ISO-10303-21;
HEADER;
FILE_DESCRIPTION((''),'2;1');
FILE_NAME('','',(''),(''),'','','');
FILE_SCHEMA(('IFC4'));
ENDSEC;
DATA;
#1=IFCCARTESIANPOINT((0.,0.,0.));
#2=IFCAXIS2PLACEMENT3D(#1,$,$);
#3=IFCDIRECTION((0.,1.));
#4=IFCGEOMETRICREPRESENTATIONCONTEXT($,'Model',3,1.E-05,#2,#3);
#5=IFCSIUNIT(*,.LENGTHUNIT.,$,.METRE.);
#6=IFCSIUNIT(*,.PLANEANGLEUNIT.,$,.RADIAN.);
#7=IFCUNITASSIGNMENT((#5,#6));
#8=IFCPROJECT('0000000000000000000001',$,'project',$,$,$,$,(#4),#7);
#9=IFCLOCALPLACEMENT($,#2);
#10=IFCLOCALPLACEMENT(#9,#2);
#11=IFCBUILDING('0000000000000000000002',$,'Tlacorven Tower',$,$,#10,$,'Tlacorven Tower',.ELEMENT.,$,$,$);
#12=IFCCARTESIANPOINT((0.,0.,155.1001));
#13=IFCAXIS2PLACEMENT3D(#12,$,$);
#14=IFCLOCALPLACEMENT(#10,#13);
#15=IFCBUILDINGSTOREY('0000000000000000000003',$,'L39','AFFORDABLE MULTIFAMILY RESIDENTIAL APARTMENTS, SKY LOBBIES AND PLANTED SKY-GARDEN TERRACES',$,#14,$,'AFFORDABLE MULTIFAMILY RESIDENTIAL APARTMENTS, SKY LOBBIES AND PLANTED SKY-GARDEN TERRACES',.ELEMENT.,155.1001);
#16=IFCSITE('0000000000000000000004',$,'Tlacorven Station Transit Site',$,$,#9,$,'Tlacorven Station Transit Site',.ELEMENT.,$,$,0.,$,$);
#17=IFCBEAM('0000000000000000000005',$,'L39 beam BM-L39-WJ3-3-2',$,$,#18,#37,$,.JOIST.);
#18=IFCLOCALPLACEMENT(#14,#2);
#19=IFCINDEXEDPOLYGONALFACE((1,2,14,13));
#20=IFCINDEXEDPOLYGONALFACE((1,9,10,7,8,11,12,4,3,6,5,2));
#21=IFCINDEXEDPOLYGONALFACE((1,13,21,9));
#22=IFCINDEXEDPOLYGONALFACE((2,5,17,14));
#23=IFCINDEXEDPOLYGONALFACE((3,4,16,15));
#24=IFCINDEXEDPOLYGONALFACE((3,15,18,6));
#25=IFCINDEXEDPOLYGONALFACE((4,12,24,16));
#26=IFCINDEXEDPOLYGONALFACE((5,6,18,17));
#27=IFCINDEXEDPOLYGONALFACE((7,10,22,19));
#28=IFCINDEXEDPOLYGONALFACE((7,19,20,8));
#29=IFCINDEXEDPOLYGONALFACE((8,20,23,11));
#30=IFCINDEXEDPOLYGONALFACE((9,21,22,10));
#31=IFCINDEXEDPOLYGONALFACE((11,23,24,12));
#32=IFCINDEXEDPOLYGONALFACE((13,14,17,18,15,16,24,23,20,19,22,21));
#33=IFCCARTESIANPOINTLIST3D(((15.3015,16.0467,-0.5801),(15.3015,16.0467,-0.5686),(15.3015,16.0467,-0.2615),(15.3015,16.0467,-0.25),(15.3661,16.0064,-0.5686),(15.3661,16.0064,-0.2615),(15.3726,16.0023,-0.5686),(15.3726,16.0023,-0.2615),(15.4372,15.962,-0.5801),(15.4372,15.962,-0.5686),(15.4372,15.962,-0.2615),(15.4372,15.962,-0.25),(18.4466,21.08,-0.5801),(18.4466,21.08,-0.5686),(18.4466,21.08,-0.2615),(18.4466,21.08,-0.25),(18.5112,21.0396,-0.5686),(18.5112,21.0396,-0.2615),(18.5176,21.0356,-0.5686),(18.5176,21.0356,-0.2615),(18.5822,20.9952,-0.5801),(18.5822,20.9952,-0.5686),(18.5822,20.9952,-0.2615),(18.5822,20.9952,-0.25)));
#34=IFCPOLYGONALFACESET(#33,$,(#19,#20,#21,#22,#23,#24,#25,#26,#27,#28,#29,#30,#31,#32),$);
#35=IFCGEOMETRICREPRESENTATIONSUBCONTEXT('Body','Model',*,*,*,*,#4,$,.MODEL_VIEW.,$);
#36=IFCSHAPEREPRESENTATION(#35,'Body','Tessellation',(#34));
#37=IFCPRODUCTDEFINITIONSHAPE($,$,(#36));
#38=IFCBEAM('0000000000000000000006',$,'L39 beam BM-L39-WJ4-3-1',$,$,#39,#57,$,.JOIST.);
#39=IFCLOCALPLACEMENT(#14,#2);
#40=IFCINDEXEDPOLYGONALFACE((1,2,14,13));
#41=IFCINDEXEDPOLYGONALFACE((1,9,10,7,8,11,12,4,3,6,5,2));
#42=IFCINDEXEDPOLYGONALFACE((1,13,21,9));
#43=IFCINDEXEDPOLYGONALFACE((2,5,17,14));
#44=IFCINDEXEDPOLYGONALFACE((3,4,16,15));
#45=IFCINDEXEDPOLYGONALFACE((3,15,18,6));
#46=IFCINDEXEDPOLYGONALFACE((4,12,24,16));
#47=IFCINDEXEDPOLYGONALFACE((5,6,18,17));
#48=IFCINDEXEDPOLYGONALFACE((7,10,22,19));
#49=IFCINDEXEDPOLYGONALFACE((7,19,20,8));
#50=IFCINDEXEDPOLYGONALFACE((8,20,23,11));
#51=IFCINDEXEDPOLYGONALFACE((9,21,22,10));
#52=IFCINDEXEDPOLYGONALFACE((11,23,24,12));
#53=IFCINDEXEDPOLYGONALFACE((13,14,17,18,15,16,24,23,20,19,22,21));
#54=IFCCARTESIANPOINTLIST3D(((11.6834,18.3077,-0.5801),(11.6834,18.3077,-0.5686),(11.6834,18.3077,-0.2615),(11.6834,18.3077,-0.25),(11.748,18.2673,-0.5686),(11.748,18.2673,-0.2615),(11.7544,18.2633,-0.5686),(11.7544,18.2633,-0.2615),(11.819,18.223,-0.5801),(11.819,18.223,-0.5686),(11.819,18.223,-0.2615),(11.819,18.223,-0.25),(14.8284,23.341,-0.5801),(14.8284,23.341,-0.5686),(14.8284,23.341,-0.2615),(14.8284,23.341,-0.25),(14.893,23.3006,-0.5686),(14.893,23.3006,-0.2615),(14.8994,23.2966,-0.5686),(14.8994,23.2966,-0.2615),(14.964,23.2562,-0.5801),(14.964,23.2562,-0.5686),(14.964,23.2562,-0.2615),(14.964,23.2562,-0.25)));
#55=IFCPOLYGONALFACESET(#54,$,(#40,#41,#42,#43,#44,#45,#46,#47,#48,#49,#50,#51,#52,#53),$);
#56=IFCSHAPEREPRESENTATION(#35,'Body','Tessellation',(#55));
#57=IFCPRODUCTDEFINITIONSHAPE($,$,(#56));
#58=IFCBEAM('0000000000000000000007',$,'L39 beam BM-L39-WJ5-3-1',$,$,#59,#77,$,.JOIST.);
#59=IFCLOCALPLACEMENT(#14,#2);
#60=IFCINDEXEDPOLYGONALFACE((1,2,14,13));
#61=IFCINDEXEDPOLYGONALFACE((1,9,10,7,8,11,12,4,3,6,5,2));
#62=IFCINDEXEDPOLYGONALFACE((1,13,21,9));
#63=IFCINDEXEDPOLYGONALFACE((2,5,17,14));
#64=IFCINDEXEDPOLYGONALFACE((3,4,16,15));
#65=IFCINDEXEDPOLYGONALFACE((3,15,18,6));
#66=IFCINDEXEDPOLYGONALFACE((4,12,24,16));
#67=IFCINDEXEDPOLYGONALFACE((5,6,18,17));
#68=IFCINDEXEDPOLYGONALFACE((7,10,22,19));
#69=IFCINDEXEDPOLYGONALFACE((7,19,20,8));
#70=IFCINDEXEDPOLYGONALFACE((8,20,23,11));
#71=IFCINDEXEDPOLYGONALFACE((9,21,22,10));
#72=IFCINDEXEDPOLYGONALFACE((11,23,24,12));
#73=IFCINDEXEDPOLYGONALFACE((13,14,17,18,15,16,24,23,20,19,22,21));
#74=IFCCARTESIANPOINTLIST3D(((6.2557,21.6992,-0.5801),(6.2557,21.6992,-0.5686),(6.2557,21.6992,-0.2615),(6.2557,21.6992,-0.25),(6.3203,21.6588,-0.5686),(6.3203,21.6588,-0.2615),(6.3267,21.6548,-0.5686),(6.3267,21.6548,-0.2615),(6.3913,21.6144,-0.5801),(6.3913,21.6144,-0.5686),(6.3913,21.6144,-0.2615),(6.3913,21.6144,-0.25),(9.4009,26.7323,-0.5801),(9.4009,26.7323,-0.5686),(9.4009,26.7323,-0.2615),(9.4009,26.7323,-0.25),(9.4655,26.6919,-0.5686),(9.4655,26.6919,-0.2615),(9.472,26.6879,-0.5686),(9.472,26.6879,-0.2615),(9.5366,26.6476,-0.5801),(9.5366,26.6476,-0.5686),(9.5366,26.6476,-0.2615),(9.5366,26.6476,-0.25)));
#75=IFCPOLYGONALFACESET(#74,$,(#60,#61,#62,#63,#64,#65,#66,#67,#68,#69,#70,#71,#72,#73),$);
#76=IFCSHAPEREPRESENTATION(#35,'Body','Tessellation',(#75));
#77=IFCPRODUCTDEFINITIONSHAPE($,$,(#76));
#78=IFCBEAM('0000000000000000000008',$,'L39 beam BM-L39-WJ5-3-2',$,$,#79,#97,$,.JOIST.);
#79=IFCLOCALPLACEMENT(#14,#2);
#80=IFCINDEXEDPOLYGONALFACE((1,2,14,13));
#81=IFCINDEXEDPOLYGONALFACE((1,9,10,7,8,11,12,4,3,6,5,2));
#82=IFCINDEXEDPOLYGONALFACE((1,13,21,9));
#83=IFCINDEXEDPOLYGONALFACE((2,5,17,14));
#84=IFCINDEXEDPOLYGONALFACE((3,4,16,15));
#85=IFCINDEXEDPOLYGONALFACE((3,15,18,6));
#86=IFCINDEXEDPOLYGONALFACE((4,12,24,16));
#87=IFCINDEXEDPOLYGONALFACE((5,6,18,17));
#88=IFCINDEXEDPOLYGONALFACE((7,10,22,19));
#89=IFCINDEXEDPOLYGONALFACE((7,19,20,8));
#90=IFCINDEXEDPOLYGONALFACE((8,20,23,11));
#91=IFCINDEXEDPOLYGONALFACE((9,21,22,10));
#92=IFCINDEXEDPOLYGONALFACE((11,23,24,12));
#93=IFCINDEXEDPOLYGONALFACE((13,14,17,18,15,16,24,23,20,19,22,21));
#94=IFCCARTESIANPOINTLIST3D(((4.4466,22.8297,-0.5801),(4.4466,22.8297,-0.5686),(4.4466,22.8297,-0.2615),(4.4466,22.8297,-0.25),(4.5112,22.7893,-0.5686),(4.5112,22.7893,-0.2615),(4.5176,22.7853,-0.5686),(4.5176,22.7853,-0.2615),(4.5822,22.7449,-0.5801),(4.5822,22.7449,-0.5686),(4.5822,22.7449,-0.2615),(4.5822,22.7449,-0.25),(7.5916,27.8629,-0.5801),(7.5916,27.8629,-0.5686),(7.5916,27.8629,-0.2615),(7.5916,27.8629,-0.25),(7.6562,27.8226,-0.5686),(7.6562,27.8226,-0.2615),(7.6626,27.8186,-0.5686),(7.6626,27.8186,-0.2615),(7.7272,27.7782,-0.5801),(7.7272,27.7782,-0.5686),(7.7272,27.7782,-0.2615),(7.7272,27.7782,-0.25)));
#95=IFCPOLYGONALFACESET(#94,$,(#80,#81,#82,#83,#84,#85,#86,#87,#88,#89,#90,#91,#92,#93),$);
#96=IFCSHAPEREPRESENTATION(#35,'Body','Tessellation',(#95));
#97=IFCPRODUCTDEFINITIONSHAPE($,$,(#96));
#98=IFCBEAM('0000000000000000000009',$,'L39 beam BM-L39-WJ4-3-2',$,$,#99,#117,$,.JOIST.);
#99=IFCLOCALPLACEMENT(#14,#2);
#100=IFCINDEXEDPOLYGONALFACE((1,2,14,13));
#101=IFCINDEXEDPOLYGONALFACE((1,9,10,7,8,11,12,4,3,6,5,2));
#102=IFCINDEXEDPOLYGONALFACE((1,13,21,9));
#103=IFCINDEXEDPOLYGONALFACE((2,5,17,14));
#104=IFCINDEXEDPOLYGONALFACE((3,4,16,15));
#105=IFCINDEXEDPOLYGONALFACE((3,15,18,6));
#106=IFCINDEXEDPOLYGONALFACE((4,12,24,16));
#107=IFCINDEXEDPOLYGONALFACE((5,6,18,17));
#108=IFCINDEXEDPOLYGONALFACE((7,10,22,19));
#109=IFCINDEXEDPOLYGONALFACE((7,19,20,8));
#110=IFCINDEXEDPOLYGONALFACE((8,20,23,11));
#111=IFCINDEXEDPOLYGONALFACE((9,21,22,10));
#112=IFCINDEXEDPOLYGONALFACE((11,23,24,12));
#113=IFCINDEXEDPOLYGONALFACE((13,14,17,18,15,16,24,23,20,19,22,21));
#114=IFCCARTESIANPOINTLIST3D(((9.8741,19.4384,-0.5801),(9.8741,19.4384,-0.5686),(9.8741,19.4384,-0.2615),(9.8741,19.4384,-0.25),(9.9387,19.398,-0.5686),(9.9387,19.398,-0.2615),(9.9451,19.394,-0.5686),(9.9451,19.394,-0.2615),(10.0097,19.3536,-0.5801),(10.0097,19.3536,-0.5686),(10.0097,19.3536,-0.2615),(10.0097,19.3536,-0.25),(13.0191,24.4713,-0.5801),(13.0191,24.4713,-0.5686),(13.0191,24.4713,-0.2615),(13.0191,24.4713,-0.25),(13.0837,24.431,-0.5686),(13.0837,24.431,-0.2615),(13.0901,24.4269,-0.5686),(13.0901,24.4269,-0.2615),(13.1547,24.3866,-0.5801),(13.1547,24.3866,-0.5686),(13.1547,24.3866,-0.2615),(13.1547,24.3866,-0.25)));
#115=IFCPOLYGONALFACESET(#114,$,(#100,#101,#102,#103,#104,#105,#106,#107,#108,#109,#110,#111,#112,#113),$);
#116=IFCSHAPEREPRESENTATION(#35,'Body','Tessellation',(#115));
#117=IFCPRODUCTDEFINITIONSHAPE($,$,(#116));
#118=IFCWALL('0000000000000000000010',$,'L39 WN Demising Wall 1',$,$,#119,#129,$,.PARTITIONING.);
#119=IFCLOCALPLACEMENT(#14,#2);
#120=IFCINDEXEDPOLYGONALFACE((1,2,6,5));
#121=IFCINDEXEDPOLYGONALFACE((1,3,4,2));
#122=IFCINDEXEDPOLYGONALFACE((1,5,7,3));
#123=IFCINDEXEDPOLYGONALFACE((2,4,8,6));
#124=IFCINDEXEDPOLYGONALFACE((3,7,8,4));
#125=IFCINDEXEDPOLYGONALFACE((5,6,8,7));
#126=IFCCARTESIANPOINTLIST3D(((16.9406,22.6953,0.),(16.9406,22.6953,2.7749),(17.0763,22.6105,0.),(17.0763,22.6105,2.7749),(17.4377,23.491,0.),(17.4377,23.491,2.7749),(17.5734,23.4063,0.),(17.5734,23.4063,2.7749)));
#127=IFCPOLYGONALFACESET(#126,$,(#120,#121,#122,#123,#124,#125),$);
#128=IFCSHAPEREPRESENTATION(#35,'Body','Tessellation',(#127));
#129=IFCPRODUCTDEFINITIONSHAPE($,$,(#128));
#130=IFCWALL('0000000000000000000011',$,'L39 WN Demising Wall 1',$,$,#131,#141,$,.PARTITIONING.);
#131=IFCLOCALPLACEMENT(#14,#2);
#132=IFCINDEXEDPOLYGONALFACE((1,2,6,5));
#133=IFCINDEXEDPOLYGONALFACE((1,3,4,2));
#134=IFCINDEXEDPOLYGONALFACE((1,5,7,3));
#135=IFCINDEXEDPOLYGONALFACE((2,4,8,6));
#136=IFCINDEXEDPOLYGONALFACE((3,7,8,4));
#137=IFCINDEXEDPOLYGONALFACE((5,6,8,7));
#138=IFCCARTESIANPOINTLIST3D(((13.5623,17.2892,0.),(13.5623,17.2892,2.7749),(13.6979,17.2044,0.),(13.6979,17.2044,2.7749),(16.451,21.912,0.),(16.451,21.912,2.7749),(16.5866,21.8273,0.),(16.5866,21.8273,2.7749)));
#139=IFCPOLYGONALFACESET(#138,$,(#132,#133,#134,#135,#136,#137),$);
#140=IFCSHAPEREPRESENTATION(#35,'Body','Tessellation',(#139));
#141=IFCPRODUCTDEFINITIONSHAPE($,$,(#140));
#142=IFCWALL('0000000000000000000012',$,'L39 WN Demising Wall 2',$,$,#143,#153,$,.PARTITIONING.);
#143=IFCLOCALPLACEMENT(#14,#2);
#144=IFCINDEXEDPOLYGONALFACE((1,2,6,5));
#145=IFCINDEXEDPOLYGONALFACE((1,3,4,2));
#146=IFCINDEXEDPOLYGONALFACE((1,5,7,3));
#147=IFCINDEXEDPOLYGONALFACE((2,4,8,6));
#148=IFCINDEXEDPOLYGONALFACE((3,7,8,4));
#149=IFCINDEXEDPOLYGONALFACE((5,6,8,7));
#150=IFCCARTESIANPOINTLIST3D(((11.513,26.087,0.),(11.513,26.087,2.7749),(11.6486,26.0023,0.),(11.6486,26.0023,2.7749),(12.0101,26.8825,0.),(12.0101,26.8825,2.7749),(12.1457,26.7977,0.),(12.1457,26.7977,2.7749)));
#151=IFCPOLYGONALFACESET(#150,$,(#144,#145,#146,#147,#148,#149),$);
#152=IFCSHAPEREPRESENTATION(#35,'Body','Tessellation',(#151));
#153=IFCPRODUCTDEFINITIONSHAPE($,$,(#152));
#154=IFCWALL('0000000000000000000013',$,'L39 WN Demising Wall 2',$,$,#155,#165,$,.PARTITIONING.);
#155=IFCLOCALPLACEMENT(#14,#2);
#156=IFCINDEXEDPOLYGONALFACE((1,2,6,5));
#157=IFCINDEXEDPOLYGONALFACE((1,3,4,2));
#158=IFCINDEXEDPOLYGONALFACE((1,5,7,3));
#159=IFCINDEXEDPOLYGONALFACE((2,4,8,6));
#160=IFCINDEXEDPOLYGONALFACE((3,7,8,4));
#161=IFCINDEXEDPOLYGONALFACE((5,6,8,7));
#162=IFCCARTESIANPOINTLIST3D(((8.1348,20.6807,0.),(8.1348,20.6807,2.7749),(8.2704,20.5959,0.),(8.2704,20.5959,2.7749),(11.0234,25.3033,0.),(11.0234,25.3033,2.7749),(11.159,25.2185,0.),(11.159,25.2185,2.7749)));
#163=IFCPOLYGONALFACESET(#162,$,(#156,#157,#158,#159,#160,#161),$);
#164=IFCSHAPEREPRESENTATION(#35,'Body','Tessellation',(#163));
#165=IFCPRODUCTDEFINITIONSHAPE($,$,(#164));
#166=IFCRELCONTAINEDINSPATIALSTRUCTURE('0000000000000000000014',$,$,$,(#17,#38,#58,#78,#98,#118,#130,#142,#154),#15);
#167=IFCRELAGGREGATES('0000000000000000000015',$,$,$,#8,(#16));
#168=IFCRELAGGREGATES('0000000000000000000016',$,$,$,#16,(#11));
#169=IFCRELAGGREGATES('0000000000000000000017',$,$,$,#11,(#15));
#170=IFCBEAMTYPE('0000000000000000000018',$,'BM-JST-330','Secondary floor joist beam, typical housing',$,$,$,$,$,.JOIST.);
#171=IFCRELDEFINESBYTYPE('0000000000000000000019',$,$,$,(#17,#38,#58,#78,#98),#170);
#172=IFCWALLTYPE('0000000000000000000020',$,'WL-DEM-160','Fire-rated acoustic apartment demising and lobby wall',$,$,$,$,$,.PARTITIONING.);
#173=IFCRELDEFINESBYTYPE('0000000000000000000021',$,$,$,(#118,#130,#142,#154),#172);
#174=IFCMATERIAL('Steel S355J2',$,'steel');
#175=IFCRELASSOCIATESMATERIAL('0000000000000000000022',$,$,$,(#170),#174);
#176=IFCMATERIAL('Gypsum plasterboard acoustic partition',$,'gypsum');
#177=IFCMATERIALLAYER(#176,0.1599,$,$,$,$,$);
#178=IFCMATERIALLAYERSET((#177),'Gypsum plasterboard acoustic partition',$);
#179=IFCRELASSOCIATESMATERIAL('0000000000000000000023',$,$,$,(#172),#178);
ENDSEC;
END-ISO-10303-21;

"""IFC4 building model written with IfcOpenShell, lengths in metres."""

from ifc_helpers import new_model, si_unit, direction, frame, frame_2d, origin, origin_2d, place, context, subcontext, project, spatial, rectangle, i_section, extrude, source, transform, mapped, material, layer, layer_set, material_profile, profile_set, type_object, element, save


model = new_model("IFC4")

# Units and contexts
model_context = context("Model", 3, precision=1e-05, world=origin(), true_north=direction((0.0, 1.0)))
body_context = subcontext(model_context, "Body", "Model", "MODEL_VIEW")
ifc_project = project(units=[si_unit("LENGTHUNIT", "METRE"), si_unit("PLANEANGLEUNIT", "RADIAN")], contexts=[model_context])

# Site, building, storey
site_placement = place(None, origin())
site = spatial("IfcSite", under=ifc_project, at=site_placement, Name="Tlacorven Station Transit Site", LongName="Tlacorven Station Transit Site", CompositionType="ELEMENT", RefElevation=0.0)
building_placement = place(site_placement, origin())
building = spatial("IfcBuilding", under=site, at=building_placement, Name="Tlacorven Tower", LongName="Tlacorven Tower", CompositionType="ELEMENT")
storey_placement = place(building_placement, frame((0.0, 0.0, 155.1001)))
storey = spatial("IfcBuildingStorey", under=building, at=storey_placement, Name="L39", Description="AFFORDABLE MULTIFAMILY RESIDENTIAL APARTMENTS, SKY LOBBIES AND PLANTED SKY-GARDEN TERRACES", LongName="AFFORDABLE MULTIFAMILY RESIDENTIAL APARTMENTS, SKY LOBBIES AND PLANTED SKY-GARDEN TERRACES", CompositionType="ELEMENT", Elevation=155.1001)

# Beams
ifc_material_1 = material(Name="Steel S355J2", Category="steel")
ifc_material_profile_1 = material_profile(ifc_material_1, i_section(OverallWidth=0.1599, OverallDepth=0.3301, WebThickness=0.0076, FlangeThickness=0.0115, at=origin_2d()), Name="IPE 330")
ifc_profile_set_1 = profile_set([ifc_material_profile_1], Name="Steel S355J2")
beam_type_1 = type_object("IfcBeamType", Name="BM-JST-330", Description="Secondary floor joist beam, typical housing", PredefinedType="JOIST", material=ifc_profile_set_1)
shared_shape_1 = source(origin(), body_context, "Body", "SweptSolid", [
    extrude(i_section(OverallWidth=0.1599, OverallDepth=0.3301, WebThickness=0.0076, FlangeThickness=0.0115, at=origin_2d()), origin(), (0.0, 0.0, 1.0), 5.9351),
])
for number, where, z_axis, x_axis, name in (
    (1, (18.5144, 21.0376, -0.415), (-0.52991, -0.848054, 0.0), (0.848054, -0.52991, 0.0), "L39 beam BM-L39-WJ3-3-2"),
    (2, (14.8962, 23.2986, -0.415), (-0.52991, -0.848054, 0.0), (0.848054, -0.52991, 0.0), "L39 beam BM-L39-WJ4-3-1"),
    (3, (9.4688, 26.6899, -0.415), (-0.52994, -0.848035, 0.0), (0.848035, -0.52994, 0.0), "L39 beam BM-L39-WJ5-3-1"),
    (4, (7.6594, 27.8206, -0.415), (-0.52991, -0.848054, 0.0), (0.848054, -0.52991, 0.0), "L39 beam BM-L39-WJ5-3-2"),
):
    element("IfcBeam", number, at=place(storey_placement, frame(where, z_axis=z_axis, x_axis=x_axis)), inside=storey, type_object=beam_type_1, Name=name, PredefinedType="JOIST", context=body_context, shape_type="MappedRepresentation", body=[
        mapped(shared_shape_1, transform((0.0, 0.0, 0.0), scale=1.0)),
    ])
shared_shape_2 = source(origin(), body_context, "Body", "SweptSolid", [
    extrude(i_section(OverallWidth=0.1599, OverallDepth=0.3301, WebThickness=0.0076, FlangeThickness=0.0115, at=origin_2d()), origin(), (0.0, 0.0, 1.0), 5.9348),
])
beam_placement = place(storey_placement, frame((13.0869, 24.429, -0.415), z_axis=(-0.529929, -0.848042, 0.0), x_axis=(0.848042, -0.529929, 0.0)))
element("IfcBeam", 5, at=beam_placement, inside=storey, type_object=beam_type_1, Name="L39 beam BM-L39-WJ4-3-2", PredefinedType="JOIST", context=body_context, shape_type="MappedRepresentation", body=[
    mapped(shared_shape_2, transform((0.0, 0.0, 0.0), scale=1.0)),
])

# Walls
ifc_material_2 = material(Name="Gypsum plasterboard acoustic partition", Category="gypsum")
ifc_layer_1 = layer(ifc_material_2, 0.1599)
ifc_layer_set_1 = layer_set([ifc_layer_1], Name="Gypsum plasterboard acoustic partition")
wall_type_1 = type_object("IfcWallType", Name="WL-DEM-160", Description="Fire-rated acoustic apartment demising and lobby wall", PredefinedType="PARTITIONING", material=ifc_layer_set_1)
wall_1_placement = place(storey_placement, frame((17.5056, 23.4487, 0.0), z_axis=(0.0, 0.0, 1.0), x_axis=(-0.529835, -0.848101, 0.0)))
element("IfcWall", 6, at=wall_1_placement, inside=storey, type_object=wall_type_1, Name="L39 WN Demising Wall 1", PredefinedType="PARTITIONING", context=body_context, shape_type="SweptSolid", body=[
    extrude(rectangle(XDim=0.9382, YDim=0.1599, at=frame_2d((0.4692, 0.0))), origin(), (0.0, 0.0, 1.0), 2.7749),
])
wall_2_placement = place(storey_placement, frame((16.5188, 21.8696, 0.0), z_axis=(0.0, 0.0, 1.0), x_axis=(-0.529922, -0.848046, 0.0)))
element("IfcWall", 7, at=wall_2_placement, inside=storey, type_object=wall_type_1, Name="L39 WN Demising Wall 1", PredefinedType="PARTITIONING", context=body_context, shape_type="SweptSolid", body=[
    extrude(rectangle(XDim=5.4512, YDim=0.1599, at=frame_2d((2.7256, 0.0))), origin(), (0.0, 0.0, 1.0), 2.7749),
])
wall_3_placement = place(storey_placement, frame((12.0779, 26.8401, 0.0), z_axis=(0.0, 0.0, 1.0), x_axis=(-0.529952, -0.848028, 0.0)))
element("IfcWall", 8, at=wall_3_placement, inside=storey, type_object=wall_type_1, Name="L39 WN Demising Wall 2", PredefinedType="PARTITIONING", context=body_context, shape_type="SweptSolid", body=[
    extrude(rectangle(XDim=0.938, YDim=0.1599, at=frame_2d((0.469, 0.0))), origin(), (0.0, 0.0, 1.0), 2.7749),
])
wall_4_placement = place(storey_placement, frame((11.0913, 25.261, 0.0), z_axis=(0.0, 0.0, 1.0), x_axis=(-0.529943, -0.848034, 0.0)))
element("IfcWall", 9, at=wall_4_placement, inside=storey, type_object=wall_type_1, Name="L39 WN Demising Wall 2", PredefinedType="PARTITIONING", context=body_context, shape_type="SweptSolid", body=[
    extrude(rectangle(XDim=5.4509, YDim=0.1599, at=frame_2d((2.7256, 0.0))), origin(), (0.0, 0.0, 1.0), 2.7749),
])

save(model, "model.ifc")
